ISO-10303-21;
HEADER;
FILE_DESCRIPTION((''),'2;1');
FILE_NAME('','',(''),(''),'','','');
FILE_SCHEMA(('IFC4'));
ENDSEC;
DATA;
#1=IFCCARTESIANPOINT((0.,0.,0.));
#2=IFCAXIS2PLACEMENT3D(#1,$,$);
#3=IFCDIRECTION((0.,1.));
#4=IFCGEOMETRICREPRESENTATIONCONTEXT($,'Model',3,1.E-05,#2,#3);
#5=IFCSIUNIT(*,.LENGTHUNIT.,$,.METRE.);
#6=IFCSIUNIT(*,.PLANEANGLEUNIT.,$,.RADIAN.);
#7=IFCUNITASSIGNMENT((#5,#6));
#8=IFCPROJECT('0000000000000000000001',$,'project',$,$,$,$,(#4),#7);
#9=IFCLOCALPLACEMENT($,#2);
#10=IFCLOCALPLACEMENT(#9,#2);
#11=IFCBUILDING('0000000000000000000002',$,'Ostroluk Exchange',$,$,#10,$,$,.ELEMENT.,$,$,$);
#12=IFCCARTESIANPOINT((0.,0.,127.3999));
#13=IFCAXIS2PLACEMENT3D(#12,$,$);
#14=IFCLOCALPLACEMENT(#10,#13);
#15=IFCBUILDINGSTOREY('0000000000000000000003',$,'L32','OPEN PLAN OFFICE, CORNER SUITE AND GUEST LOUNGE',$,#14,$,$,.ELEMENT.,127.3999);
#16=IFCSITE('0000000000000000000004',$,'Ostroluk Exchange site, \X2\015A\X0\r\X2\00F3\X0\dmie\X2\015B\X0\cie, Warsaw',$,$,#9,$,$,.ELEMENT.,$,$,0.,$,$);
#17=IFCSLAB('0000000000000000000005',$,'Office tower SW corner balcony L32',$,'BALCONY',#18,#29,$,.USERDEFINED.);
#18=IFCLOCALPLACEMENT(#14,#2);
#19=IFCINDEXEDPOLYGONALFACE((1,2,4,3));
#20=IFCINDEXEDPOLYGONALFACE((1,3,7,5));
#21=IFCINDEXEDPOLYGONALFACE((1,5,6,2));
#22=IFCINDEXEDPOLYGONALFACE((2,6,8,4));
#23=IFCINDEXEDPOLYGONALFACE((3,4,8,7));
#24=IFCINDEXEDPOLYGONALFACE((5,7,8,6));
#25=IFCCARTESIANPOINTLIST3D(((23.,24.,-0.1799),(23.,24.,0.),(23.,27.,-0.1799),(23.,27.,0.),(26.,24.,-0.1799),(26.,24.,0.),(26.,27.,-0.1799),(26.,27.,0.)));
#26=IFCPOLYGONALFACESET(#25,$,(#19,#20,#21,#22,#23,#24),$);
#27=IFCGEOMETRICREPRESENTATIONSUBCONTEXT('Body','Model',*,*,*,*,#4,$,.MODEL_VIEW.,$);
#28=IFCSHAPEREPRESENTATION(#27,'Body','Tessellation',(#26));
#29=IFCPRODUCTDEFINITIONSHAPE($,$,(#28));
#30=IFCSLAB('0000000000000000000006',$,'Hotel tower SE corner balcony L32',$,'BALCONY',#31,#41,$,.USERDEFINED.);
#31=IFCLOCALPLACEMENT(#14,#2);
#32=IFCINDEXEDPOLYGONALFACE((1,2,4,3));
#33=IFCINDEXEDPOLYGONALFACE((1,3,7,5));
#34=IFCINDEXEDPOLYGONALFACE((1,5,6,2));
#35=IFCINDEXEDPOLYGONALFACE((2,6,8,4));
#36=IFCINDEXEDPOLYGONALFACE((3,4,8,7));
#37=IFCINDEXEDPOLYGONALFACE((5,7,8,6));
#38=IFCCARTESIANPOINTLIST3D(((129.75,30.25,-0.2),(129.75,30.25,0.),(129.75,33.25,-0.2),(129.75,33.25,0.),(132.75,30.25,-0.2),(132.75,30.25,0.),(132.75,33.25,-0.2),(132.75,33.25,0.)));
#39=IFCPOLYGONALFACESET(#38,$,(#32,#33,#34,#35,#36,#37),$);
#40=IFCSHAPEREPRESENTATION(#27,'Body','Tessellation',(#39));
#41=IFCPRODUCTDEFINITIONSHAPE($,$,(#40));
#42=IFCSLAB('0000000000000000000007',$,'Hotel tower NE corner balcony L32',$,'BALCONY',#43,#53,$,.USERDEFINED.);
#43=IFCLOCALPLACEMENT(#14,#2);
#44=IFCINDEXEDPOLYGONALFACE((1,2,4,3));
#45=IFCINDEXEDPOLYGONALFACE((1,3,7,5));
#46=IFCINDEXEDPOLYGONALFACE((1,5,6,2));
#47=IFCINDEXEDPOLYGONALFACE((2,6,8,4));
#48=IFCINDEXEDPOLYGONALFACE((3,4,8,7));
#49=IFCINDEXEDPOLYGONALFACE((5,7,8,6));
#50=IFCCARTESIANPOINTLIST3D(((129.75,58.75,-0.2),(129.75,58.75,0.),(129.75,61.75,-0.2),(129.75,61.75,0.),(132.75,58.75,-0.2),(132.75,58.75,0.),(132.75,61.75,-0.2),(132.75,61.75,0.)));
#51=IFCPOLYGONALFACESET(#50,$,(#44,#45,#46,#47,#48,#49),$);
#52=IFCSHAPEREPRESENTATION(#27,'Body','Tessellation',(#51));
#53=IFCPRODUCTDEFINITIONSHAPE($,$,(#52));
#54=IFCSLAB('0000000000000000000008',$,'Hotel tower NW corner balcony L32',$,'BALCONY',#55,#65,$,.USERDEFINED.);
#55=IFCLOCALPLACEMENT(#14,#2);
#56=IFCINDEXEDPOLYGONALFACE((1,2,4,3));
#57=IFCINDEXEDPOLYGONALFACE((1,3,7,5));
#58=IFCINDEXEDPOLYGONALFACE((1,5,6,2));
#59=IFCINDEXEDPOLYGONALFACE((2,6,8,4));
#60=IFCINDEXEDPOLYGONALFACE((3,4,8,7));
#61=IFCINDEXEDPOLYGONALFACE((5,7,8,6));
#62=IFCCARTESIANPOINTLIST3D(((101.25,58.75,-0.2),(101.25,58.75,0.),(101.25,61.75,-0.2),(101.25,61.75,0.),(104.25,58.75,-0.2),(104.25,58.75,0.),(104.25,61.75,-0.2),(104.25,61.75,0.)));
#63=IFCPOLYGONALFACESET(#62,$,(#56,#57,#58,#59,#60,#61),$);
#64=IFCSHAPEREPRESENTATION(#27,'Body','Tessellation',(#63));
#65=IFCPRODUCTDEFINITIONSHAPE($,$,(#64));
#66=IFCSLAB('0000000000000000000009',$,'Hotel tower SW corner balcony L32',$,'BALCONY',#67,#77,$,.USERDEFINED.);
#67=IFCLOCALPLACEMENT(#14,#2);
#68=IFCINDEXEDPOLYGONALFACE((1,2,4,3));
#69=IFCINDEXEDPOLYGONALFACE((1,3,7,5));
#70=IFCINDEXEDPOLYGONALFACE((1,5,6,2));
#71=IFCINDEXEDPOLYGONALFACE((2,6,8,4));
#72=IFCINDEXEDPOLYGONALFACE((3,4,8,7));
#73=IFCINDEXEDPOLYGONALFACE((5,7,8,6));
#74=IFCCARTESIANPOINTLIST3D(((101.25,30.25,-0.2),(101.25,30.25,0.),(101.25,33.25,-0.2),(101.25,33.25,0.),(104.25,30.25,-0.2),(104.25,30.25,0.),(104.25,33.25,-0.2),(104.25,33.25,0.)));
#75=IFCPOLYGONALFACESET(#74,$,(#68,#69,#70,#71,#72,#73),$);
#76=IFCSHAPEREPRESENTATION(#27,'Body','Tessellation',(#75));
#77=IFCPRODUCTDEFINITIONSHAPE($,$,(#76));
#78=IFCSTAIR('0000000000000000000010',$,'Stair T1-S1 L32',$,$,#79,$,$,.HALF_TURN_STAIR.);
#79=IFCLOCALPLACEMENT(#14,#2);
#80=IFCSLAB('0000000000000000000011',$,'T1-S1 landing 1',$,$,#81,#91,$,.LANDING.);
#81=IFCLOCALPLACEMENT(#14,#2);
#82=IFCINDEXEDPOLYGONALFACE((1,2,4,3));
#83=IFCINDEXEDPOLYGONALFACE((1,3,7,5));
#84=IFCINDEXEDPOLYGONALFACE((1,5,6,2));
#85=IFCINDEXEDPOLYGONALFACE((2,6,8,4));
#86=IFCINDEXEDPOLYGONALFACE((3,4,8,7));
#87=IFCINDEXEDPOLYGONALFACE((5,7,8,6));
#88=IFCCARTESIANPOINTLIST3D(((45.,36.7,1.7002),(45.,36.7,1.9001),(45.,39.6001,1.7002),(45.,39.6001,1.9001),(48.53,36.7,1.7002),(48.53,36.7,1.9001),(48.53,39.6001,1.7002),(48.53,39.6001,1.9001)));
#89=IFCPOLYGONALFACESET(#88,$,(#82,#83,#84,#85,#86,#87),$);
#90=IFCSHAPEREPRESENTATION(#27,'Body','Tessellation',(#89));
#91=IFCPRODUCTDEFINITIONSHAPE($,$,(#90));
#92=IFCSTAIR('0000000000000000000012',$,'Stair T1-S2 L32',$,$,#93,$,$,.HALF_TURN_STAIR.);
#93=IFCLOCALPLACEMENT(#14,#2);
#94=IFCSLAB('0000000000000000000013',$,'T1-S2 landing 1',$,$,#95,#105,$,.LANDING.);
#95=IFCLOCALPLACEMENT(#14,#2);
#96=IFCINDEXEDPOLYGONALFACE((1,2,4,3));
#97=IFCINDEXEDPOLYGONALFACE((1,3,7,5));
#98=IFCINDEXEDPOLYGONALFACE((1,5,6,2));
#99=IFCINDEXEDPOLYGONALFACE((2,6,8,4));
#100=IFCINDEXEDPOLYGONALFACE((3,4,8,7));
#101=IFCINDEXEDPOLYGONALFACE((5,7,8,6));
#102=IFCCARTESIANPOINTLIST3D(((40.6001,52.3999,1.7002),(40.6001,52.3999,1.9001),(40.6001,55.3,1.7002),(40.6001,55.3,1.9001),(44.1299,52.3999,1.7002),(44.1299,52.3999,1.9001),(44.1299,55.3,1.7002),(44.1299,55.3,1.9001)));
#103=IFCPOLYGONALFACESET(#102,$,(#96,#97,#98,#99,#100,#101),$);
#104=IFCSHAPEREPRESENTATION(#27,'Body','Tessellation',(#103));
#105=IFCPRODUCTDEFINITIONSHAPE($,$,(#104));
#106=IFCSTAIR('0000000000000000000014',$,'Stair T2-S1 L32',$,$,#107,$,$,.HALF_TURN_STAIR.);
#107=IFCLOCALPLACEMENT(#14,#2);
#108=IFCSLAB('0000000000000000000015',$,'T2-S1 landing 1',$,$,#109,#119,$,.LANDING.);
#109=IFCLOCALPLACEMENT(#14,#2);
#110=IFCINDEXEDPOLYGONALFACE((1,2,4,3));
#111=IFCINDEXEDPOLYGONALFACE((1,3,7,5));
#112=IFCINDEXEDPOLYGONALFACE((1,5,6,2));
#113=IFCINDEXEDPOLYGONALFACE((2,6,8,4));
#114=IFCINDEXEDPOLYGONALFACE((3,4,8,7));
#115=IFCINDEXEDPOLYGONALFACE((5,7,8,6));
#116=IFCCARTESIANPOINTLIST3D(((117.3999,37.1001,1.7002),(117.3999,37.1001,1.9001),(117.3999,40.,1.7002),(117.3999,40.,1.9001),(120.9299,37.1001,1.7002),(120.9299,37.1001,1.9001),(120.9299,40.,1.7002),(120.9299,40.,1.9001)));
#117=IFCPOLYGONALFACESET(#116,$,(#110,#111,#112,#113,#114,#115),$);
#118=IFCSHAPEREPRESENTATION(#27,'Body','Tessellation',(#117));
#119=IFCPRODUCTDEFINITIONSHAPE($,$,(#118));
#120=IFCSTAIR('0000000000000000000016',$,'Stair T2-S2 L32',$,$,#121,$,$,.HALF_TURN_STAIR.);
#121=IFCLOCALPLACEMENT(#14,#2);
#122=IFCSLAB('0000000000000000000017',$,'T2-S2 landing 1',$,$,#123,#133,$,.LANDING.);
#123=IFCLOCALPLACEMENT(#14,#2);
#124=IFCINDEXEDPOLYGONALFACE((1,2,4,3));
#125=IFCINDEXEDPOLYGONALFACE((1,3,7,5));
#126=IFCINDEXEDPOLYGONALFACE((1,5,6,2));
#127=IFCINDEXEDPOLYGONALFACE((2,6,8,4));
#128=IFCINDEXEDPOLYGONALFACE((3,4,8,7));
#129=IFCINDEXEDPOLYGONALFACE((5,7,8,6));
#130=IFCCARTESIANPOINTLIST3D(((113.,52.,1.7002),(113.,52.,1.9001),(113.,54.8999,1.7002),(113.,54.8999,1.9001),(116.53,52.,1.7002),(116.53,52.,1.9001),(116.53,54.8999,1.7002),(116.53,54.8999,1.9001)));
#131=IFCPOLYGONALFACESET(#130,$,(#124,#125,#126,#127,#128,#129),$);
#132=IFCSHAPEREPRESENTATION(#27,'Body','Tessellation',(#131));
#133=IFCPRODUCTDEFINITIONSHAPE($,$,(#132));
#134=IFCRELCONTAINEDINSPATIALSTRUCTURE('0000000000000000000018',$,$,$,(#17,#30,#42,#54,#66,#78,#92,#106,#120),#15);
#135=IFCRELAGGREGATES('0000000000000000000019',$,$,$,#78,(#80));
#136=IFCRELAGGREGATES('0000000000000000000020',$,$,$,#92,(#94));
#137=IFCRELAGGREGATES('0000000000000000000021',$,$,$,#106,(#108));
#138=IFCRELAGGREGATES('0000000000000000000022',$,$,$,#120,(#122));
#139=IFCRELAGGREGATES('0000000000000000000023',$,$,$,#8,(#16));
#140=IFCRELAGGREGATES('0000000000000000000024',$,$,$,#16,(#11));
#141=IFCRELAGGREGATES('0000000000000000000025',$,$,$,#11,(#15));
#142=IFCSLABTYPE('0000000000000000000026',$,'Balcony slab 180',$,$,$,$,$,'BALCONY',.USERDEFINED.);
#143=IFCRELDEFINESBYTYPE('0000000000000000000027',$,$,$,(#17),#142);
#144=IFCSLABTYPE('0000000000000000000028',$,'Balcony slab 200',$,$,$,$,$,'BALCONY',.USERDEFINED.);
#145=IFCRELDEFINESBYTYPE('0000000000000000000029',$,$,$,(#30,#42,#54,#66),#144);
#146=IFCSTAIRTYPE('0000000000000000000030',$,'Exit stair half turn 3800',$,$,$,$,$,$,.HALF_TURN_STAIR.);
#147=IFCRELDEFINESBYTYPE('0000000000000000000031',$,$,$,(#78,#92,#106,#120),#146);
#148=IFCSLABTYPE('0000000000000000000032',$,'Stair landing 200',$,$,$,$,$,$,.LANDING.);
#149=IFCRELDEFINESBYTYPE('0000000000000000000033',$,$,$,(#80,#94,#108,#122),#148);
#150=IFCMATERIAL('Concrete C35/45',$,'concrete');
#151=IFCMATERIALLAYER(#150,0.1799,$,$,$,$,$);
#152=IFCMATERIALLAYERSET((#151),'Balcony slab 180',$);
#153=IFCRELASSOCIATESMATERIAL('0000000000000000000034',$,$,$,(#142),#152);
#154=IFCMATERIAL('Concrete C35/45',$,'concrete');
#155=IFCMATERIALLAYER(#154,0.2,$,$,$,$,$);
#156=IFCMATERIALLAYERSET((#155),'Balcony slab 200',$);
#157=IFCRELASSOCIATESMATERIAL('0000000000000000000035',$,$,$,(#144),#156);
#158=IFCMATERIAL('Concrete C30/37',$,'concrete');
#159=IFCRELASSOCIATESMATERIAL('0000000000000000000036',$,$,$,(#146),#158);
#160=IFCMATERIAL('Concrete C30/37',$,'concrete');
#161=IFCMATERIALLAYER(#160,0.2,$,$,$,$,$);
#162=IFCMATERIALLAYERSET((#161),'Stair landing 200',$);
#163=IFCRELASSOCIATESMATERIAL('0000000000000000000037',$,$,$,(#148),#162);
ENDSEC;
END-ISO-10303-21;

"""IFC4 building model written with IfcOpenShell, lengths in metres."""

from ifc_helpers import new_model, si_unit, direction, frame, origin, place, context, subcontext, project, spatial, polyline, outline, extrude, material, layer, layer_set, type_object, element, aggregate, save


model = new_model("IFC4")

# Units and contexts
model_context = context("Model", 3, precision=1e-05, world=origin(), true_north=direction((0.0, 1.0)))
body_context = subcontext(model_context, "Body", "Model", "MODEL_VIEW")
ifc_project = project(units=[si_unit("LENGTHUNIT", "METRE"), si_unit("PLANEANGLEUNIT", "RADIAN")], contexts=[model_context])

# Site, building, storey
site_placement = place(None, origin())
site = spatial("IfcSite", under=ifc_project, at=site_placement, Name="Ostroluk Exchange site, Śródmieście, Warsaw", CompositionType="ELEMENT", RefElevation=0.0)
building_placement = place(site_placement, origin())
building = spatial("IfcBuilding", under=site, at=building_placement, Name="Ostroluk Exchange", CompositionType="ELEMENT")
storey_placement = place(building_placement, frame((0.0, 0.0, 127.3999)))
storey = spatial("IfcBuildingStorey", under=building, at=storey_placement, Name="L32", Description="OPEN PLAN OFFICE, CORNER SUITE AND GUEST LOUNGE", CompositionType="ELEMENT", Elevation=127.3999)

# Slabs
ifc_material_1 = material(Name="Concrete C35/45", Category="concrete")
ifc_layer_1 = layer(ifc_material_1, 0.1799)
ifc_layer_set_1 = layer_set([ifc_layer_1], Name="Balcony slab 180")
slab_type_1 = type_object("IfcSlabType", Name="Balcony slab 180", ElementType="BALCONY", PredefinedType="USERDEFINED", material=ifc_layer_set_1)
slab_1_placement = place(storey_placement, frame((0.0, 0.0, -0.1799)))
element("IfcSlab", 1, at=slab_1_placement, inside=storey, type_object=slab_type_1, Name="Office tower SW corner balcony L32", ObjectType="BALCONY", PredefinedType="USERDEFINED", context=body_context, shape_type="SweptSolid", body=[
    extrude(outline(polyline([(23.0, 24.0), (26.0, 24.0), (26.0, 27.0), (23.0, 27.0), (23.0, 24.0)])), origin(), (0.0, 0.0, 1.0), 0.1799),
])
ifc_material_2 = material(Name="Concrete C35/45", Category="concrete")
ifc_layer_2 = layer(ifc_material_2, 0.2)
ifc_layer_set_2 = layer_set([ifc_layer_2], Name="Balcony slab 200")
slab_type_2 = type_object("IfcSlabType", Name="Balcony slab 200", ElementType="BALCONY", PredefinedType="USERDEFINED", material=ifc_layer_set_2)
slab_2_placement = place(storey_placement, frame((0.0, 0.0, -0.2)))
element("IfcSlab", 2, at=slab_2_placement, inside=storey, type_object=slab_type_2, Name="Hotel tower SE corner balcony L32", ObjectType="BALCONY", PredefinedType="USERDEFINED", context=body_context, shape_type="SweptSolid", body=[
    extrude(outline(polyline([(129.75, 30.25), (132.75, 30.25), (132.75, 33.25), (129.75, 33.25), (129.75, 30.25)])), origin(), (0.0, 0.0, 1.0), 0.2),
])
slab_3_placement = place(storey_placement, frame((0.0, 0.0, -0.2)))
element("IfcSlab", 3, at=slab_3_placement, inside=storey, type_object=slab_type_2, Name="Hotel tower NE corner balcony L32", ObjectType="BALCONY", PredefinedType="USERDEFINED", context=body_context, shape_type="SweptSolid", body=[
    extrude(outline(polyline([(129.75, 58.75), (132.75, 58.75), (132.75, 61.75), (129.75, 61.75), (129.75, 58.75)])), origin(), (0.0, 0.0, 1.0), 0.2),
])
slab_4_placement = place(storey_placement, frame((0.0, 0.0, -0.2)))
element("IfcSlab", 4, at=slab_4_placement, inside=storey, type_object=slab_type_2, Name="Hotel tower NW corner balcony L32", ObjectType="BALCONY", PredefinedType="USERDEFINED", context=body_context, shape_type="SweptSolid", body=[
    extrude(outline(polyline([(101.25, 58.75), (104.25, 58.75), (104.25, 61.75), (101.25, 61.75), (101.25, 58.75)])), origin(), (0.0, 0.0, 1.0), 0.2),
])
slab_5_placement = place(storey_placement, frame((0.0, 0.0, -0.2)))
element("IfcSlab", 5, at=slab_5_placement, inside=storey, type_object=slab_type_2, Name="Hotel tower SW corner balcony L32", ObjectType="BALCONY", PredefinedType="USERDEFINED", context=body_context, shape_type="SweptSolid", body=[
    extrude(outline(polyline([(101.25, 30.25), (104.25, 30.25), (104.25, 33.25), (101.25, 33.25), (101.25, 30.25)])), origin(), (0.0, 0.0, 1.0), 0.2),
])

# Stairs, slabs
ifc_material_3 = material(Name="Concrete C30/37", Category="concrete")
stair_type = type_object("IfcStairType", Name="Exit stair half turn 3800", PredefinedType="HALF_TURN_STAIR", material=ifc_material_3)
stair_1_placement = place(storey_placement, origin())
stair_1 = element("IfcStair", 6, at=stair_1_placement, inside=storey, type_object=stair_type, Name="Stair T1-S1 L32", PredefinedType="HALF_TURN_STAIR")
ifc_material_4 = material(Name="Concrete C30/37", Category="concrete")
ifc_layer_3 = layer(ifc_material_4, 0.2)
ifc_layer_set_3 = layer_set([ifc_layer_3], Name="Stair landing 200")
slab_type_3 = type_object("IfcSlabType", Name="Stair landing 200", PredefinedType="LANDING", material=ifc_layer_set_3)
slab_6_placement = place(storey_placement, frame((0.0, 0.0, 1.7002)))
slab_6 = element("IfcSlab", 7, at=slab_6_placement, type_object=slab_type_3, Name="T1-S1 landing 1", PredefinedType="LANDING", context=body_context, shape_type="SweptSolid", body=[
    extrude(outline(polyline([(45.0, 36.7), (45.0, 39.6001), (48.53, 39.6001), (48.53, 36.7), (45.0, 36.7)])), origin(), (0.0, 0.0, 1.0), 0.2),
])
aggregate(stair_1, [slab_6])
stair_2_placement = place(storey_placement, origin())
stair_2 = element("IfcStair", 8, at=stair_2_placement, inside=storey, type_object=stair_type, Name="Stair T1-S2 L32", PredefinedType="HALF_TURN_STAIR")
slab_7_placement = place(storey_placement, frame((0.0, 0.0, 1.7002)))
slab_7 = element("IfcSlab", 9, at=slab_7_placement, type_object=slab_type_3, Name="T1-S2 landing 1", PredefinedType="LANDING", context=body_context, shape_type="SweptSolid", body=[
    extrude(outline(polyline([(44.1299, 52.3999), (44.1299, 55.3), (40.6001, 55.3), (40.6001, 52.3999), (44.1299, 52.3999)])), origin(), (0.0, 0.0, 1.0), 0.2),
])
aggregate(stair_2, [slab_7])
stair_3_placement = place(storey_placement, origin())
stair_3 = element("IfcStair", 10, at=stair_3_placement, inside=storey, type_object=stair_type, Name="Stair T2-S1 L32", PredefinedType="HALF_TURN_STAIR")
slab_8_placement = place(storey_placement, frame((0.0, 0.0, 1.7002)))
slab_8 = element("IfcSlab", 11, at=slab_8_placement, type_object=slab_type_3, Name="T2-S1 landing 1", PredefinedType="LANDING", context=body_context, shape_type="SweptSolid", body=[
    extrude(outline(polyline([(117.3999, 37.1001), (117.3999, 40.0), (120.9299, 40.0), (120.9299, 37.1001), (117.3999, 37.1001)])), origin(), (0.0, 0.0, 1.0), 0.2),
])
aggregate(stair_3, [slab_8])
stair_4_placement = place(storey_placement, origin())
stair_4 = element("IfcStair", 12, at=stair_4_placement, inside=storey, type_object=stair_type, Name="Stair T2-S2 L32", PredefinedType="HALF_TURN_STAIR")
slab_9_placement = place(storey_placement, frame((0.0, 0.0, 1.7002)))
slab_9 = element("IfcSlab", 13, at=slab_9_placement, type_object=slab_type_3, Name="T2-S2 landing 1", PredefinedType="LANDING", context=body_context, shape_type="SweptSolid", body=[
    extrude(outline(polyline([(116.53, 52.0), (116.53, 54.8999), (113.0, 54.8999), (113.0, 52.0), (116.53, 52.0)])), origin(), (0.0, 0.0, 1.0), 0.2),
])
aggregate(stair_4, [slab_9])

save(model, "model.ifc")
